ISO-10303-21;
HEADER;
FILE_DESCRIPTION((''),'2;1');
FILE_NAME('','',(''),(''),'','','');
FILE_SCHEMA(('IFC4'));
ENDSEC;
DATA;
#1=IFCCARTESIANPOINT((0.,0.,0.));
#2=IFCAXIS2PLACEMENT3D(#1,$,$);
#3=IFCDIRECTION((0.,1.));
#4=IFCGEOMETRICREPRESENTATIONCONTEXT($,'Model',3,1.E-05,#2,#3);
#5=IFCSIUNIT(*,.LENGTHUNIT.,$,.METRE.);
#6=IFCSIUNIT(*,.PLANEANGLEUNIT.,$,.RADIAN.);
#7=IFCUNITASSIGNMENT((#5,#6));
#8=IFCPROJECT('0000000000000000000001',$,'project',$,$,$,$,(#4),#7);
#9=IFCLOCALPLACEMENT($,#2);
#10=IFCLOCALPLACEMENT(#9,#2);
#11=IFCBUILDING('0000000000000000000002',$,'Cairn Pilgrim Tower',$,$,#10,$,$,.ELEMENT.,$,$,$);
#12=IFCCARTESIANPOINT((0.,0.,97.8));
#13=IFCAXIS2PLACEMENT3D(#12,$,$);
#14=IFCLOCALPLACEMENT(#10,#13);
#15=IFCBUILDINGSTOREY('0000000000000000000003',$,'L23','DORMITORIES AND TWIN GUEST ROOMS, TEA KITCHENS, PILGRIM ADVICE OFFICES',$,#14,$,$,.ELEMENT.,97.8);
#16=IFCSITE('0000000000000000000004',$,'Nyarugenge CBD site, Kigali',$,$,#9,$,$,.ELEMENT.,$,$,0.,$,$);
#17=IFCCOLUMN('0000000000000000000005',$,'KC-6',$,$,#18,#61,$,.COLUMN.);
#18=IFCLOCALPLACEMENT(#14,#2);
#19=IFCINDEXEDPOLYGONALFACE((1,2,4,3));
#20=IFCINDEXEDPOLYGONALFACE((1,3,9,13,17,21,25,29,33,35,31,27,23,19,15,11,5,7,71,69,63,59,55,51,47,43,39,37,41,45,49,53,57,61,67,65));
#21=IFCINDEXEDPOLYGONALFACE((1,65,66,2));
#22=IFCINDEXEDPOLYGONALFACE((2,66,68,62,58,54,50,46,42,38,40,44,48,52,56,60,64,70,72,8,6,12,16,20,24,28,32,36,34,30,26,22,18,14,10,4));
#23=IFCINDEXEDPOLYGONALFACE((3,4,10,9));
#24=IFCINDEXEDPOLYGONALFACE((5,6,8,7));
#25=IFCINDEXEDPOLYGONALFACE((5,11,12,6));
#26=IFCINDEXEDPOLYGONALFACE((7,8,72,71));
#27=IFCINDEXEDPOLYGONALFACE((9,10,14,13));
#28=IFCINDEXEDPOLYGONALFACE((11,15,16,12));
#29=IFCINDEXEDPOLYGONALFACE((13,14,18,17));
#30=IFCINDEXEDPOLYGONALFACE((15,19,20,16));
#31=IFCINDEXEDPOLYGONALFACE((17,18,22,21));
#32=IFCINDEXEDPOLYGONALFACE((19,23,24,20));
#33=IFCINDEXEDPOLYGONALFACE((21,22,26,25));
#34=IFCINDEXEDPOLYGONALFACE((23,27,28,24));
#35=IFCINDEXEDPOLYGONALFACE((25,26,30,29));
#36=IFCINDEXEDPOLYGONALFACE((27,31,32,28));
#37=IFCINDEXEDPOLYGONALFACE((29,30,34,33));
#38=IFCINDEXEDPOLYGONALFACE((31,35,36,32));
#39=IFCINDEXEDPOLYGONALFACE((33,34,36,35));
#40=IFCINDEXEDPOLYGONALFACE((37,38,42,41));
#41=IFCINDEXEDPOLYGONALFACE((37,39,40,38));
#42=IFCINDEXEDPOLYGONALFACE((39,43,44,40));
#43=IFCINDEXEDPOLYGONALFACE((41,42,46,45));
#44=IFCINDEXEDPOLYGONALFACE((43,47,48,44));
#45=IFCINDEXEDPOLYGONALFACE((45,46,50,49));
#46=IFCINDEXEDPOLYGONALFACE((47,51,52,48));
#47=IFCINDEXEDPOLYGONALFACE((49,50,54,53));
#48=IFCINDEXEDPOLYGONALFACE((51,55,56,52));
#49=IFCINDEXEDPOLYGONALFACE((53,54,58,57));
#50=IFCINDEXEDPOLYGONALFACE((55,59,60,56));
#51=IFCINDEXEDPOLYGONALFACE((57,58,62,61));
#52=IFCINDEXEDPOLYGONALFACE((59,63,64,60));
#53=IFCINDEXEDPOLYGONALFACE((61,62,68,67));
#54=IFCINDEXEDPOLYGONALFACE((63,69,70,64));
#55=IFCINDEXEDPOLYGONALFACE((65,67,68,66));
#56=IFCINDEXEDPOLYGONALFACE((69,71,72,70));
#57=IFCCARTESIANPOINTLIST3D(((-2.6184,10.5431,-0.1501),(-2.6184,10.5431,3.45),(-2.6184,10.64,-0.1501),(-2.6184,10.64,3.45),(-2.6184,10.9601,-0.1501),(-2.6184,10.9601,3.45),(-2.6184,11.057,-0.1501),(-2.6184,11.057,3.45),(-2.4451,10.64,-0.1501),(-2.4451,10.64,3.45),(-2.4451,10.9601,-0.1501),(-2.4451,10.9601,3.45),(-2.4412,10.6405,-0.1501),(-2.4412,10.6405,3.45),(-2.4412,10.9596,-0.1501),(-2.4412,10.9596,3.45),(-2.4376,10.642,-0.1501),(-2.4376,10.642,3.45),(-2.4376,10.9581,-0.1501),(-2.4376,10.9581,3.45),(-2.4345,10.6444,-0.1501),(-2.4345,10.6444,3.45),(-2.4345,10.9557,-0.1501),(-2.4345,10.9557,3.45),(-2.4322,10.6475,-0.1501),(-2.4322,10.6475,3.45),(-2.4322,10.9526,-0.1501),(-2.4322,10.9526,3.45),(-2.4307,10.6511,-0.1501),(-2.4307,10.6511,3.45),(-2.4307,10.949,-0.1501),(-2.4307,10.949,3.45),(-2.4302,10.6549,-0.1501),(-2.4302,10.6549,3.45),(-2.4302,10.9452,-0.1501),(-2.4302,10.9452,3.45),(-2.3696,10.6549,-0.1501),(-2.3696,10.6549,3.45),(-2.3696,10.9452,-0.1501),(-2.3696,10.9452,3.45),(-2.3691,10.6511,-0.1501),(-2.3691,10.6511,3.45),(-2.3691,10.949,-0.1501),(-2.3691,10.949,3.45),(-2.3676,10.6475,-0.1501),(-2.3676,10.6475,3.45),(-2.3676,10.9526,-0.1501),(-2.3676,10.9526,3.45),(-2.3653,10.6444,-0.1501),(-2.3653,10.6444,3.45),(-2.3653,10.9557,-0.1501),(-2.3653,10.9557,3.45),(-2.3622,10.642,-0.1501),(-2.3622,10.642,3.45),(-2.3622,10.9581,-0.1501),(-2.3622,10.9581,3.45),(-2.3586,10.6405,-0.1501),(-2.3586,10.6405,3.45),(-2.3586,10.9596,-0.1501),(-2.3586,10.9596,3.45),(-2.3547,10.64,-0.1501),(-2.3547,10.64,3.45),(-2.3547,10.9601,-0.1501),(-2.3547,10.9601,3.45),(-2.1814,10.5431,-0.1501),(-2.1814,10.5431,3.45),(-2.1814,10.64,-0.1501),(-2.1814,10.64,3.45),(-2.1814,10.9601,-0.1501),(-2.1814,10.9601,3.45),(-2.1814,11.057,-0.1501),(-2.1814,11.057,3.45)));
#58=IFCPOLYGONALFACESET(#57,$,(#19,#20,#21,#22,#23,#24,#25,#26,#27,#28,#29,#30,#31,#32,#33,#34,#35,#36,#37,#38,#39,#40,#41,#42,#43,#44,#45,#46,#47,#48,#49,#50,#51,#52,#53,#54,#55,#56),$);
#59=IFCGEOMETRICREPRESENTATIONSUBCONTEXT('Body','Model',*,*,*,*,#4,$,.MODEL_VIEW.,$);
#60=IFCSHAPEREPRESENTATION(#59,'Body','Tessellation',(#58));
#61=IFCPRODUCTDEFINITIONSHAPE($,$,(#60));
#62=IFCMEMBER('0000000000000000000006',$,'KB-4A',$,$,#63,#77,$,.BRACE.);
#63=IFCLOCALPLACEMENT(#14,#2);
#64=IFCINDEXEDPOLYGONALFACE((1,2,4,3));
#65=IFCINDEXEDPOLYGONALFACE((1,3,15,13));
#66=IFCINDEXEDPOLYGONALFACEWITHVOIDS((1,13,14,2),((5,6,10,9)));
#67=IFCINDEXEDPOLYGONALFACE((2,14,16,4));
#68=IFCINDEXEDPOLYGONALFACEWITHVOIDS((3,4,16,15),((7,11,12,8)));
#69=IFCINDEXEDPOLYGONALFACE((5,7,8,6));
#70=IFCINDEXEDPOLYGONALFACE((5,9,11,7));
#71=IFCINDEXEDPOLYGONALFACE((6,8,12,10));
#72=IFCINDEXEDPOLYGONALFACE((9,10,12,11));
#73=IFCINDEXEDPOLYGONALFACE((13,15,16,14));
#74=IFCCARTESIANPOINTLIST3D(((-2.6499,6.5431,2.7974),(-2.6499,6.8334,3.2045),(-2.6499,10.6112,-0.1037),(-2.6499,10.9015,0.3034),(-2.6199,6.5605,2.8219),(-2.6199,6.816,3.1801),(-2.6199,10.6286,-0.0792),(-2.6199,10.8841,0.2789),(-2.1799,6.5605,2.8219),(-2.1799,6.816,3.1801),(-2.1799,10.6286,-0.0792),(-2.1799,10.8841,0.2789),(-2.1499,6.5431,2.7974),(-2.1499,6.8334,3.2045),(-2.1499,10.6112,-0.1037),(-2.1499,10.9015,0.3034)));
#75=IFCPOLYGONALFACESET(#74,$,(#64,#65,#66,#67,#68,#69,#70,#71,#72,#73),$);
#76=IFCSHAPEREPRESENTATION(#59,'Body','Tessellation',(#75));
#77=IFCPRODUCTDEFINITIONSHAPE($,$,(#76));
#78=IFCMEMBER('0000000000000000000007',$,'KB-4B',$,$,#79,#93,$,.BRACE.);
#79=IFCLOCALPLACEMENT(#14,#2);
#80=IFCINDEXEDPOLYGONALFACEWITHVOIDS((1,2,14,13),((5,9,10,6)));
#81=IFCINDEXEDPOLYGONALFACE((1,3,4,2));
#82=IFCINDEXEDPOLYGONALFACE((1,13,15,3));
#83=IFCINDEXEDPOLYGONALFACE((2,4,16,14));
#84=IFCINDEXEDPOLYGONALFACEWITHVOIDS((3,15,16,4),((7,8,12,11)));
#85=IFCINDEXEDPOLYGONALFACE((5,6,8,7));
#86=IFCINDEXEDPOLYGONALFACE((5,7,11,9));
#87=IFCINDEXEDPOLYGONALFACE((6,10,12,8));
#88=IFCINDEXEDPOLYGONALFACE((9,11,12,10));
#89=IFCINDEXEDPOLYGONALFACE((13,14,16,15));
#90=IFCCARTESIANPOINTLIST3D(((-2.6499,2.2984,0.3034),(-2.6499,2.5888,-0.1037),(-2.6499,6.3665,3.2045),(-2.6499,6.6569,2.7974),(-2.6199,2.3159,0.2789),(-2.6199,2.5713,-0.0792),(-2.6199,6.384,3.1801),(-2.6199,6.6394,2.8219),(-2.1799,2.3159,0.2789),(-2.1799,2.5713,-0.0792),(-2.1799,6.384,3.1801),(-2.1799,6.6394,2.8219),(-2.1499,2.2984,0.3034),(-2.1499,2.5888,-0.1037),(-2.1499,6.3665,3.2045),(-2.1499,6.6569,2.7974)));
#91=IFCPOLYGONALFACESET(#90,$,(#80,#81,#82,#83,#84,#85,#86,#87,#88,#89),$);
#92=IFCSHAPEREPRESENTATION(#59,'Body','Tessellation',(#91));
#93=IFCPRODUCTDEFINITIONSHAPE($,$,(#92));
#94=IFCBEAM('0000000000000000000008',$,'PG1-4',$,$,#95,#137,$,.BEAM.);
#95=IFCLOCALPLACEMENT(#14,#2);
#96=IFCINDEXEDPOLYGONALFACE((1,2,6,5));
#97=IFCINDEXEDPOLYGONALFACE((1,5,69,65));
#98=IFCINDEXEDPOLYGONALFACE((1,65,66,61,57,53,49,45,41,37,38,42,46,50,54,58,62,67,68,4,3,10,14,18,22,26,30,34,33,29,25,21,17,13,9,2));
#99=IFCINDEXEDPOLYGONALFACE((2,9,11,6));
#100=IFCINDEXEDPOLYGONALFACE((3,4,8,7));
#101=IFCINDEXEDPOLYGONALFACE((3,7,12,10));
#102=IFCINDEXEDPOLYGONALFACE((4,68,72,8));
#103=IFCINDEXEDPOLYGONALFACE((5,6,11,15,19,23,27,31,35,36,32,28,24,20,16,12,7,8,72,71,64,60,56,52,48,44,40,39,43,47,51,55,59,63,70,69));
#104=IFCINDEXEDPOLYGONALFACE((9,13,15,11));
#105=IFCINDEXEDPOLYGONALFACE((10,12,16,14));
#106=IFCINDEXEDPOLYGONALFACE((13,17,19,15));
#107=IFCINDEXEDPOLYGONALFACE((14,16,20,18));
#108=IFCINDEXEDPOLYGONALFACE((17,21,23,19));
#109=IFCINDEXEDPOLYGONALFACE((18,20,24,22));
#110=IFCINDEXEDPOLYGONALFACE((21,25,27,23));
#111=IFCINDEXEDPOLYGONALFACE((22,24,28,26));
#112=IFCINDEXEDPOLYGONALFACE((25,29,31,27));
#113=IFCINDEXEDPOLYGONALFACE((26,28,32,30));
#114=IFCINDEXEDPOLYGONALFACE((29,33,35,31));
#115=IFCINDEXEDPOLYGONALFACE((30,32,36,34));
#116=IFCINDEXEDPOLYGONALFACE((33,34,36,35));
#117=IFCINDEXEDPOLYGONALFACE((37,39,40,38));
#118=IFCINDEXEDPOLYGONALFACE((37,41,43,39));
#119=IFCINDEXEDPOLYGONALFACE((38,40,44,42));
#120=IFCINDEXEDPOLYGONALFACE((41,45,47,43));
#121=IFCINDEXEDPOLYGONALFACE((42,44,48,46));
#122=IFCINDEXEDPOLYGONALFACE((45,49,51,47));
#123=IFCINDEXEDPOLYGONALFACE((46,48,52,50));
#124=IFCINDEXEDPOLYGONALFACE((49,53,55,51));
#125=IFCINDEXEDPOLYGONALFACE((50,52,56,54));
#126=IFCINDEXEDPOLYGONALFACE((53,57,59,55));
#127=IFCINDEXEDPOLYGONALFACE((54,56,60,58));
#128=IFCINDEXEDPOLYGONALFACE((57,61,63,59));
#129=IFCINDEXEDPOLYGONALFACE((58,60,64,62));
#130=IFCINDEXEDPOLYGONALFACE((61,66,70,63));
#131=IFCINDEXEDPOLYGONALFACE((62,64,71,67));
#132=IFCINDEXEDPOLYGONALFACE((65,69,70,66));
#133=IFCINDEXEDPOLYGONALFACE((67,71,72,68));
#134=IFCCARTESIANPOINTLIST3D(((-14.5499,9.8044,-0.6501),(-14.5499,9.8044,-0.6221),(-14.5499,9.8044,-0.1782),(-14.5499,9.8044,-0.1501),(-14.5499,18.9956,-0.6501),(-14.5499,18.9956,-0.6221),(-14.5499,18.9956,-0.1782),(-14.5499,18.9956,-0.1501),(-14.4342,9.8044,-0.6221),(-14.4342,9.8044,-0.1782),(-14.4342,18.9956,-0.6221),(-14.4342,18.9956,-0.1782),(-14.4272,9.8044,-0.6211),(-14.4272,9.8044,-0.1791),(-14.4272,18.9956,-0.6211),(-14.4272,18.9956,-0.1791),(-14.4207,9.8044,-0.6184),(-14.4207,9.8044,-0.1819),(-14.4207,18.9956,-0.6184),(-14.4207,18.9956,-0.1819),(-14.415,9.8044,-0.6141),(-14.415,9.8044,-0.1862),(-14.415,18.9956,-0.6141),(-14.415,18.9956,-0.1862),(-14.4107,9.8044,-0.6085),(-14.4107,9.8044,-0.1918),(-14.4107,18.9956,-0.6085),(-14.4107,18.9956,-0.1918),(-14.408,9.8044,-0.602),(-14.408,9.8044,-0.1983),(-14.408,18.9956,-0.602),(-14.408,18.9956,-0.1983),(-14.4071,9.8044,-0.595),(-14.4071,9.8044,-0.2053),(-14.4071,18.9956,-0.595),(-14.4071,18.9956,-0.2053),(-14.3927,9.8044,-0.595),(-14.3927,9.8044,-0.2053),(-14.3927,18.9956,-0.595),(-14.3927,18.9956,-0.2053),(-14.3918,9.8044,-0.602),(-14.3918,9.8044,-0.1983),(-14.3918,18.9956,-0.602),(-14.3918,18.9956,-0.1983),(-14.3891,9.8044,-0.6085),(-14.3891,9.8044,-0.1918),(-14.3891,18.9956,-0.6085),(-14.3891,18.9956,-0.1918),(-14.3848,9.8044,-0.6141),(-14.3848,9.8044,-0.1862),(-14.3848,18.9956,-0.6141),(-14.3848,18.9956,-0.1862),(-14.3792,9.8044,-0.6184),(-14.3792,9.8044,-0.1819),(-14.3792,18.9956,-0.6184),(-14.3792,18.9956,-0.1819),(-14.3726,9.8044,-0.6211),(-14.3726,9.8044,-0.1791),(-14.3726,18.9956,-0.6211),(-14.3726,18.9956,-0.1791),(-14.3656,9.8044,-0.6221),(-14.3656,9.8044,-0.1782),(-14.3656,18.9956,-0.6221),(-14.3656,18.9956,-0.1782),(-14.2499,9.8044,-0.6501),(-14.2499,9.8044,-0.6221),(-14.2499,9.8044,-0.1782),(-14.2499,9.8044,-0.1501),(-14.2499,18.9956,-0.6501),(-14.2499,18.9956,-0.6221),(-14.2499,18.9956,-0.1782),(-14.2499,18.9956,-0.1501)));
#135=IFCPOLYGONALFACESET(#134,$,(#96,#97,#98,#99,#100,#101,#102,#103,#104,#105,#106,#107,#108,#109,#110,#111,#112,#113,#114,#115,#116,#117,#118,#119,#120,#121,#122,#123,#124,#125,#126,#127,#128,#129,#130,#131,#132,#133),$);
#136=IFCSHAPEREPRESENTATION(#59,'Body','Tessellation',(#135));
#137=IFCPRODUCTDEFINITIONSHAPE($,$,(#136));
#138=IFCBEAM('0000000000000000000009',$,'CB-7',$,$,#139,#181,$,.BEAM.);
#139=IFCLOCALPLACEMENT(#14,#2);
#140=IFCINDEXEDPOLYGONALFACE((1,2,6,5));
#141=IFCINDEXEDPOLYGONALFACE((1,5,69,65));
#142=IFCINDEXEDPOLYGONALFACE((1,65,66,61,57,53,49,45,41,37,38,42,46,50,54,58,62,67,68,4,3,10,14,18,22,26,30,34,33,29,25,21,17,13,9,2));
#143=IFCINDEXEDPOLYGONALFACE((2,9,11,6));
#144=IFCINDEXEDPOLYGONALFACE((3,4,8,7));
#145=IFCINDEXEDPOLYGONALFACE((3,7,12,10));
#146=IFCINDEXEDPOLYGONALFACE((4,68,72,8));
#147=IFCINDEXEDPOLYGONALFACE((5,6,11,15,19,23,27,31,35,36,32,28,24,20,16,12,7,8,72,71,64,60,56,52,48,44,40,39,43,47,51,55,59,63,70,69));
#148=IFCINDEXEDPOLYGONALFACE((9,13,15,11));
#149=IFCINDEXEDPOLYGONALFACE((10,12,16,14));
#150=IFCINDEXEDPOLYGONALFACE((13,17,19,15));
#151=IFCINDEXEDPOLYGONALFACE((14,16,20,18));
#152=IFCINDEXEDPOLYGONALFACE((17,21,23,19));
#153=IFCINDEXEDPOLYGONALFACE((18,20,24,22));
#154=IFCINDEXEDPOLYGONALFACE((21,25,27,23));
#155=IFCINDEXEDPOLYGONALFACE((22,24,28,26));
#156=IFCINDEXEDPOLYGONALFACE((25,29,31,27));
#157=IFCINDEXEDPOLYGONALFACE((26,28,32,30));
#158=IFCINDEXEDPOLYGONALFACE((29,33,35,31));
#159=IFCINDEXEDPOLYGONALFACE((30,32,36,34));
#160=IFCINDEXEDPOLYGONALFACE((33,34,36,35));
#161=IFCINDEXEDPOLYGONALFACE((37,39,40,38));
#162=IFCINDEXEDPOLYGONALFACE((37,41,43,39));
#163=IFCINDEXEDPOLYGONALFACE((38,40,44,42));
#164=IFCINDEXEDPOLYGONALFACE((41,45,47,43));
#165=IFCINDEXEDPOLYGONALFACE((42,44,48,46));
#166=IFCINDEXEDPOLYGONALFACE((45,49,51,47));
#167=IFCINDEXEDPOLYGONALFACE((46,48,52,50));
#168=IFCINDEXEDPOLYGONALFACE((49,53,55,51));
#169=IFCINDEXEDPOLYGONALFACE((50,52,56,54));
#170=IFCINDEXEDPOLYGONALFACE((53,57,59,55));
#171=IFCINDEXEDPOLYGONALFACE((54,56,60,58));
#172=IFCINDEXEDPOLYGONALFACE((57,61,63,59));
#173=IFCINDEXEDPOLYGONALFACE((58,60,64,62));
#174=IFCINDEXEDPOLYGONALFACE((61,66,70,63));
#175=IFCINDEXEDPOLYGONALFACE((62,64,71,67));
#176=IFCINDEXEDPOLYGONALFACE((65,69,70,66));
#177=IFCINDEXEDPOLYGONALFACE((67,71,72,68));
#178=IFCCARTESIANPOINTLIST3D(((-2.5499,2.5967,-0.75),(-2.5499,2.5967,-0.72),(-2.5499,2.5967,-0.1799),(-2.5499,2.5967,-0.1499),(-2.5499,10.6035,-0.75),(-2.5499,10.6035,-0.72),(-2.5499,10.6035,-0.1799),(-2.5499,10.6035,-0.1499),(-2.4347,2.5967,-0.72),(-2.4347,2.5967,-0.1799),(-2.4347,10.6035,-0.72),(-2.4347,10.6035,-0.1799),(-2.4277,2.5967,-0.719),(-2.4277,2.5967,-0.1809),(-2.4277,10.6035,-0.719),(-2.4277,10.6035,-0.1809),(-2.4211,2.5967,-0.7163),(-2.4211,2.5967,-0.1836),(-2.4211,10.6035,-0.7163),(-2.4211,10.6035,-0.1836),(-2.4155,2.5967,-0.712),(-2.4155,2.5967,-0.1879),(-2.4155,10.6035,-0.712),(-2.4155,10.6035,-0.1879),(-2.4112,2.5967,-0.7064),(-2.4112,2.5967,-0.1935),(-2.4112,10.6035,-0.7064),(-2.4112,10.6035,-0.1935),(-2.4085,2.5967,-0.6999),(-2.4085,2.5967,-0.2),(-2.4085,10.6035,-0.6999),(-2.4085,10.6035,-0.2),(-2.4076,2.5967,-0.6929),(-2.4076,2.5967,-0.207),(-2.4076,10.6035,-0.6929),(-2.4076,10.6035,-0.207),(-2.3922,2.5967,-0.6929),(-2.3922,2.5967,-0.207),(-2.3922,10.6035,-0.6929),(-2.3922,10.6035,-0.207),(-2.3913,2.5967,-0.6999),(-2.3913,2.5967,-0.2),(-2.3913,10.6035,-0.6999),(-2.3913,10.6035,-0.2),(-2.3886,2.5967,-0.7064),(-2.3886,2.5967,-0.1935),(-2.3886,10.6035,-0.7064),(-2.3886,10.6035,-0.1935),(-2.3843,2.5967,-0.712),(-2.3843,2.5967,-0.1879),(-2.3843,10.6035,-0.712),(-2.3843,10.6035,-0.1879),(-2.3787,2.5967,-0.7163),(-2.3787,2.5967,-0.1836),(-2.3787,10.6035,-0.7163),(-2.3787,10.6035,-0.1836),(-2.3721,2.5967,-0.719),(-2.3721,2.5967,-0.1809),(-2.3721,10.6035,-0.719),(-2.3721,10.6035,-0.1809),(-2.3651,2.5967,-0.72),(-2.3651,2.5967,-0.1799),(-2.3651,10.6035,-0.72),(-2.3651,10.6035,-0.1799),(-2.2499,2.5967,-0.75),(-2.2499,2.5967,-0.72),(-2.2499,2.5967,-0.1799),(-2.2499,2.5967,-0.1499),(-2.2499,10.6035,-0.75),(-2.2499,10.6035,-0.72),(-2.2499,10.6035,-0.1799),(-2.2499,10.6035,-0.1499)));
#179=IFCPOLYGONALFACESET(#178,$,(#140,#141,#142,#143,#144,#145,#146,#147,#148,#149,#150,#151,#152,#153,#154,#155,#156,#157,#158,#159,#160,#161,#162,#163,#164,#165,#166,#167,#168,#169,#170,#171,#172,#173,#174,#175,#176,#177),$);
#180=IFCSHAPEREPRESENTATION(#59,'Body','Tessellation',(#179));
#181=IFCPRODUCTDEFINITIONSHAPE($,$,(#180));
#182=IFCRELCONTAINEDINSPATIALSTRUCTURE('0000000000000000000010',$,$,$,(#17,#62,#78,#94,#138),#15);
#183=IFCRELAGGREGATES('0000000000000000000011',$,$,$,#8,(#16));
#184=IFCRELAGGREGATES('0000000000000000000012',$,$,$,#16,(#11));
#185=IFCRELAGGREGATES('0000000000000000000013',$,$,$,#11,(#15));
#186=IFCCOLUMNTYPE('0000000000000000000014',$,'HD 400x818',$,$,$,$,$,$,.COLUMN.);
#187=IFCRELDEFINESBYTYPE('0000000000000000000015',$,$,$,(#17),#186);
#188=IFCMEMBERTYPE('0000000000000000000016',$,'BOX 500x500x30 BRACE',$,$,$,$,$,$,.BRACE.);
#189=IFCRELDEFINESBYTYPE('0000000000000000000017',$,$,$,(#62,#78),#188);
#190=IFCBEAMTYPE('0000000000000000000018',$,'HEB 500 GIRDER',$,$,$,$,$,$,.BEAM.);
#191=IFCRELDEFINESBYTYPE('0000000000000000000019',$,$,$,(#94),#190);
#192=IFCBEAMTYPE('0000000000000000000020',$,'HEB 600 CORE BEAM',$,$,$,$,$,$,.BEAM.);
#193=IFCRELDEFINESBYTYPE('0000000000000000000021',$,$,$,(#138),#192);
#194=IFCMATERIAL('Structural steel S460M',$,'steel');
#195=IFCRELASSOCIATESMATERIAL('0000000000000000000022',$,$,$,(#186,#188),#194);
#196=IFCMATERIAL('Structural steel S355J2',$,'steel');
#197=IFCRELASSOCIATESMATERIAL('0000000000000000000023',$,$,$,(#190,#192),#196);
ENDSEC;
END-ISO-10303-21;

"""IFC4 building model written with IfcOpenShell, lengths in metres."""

from ifc_helpers import new_model, si_unit, direction, frame, origin, origin_2d, place, context, subcontext, project, spatial, hollow_rectangle, i_section, extrude, material, material_profile, profile_set, type_object, element, save


model = new_model("IFC4")

# Units and contexts
model_context = context("Model", 3, precision=1e-05, world=origin(), true_north=direction((0.0, 1.0)))
body_context = subcontext(model_context, "Body", "Model", "MODEL_VIEW")
ifc_project = project(units=[si_unit("LENGTHUNIT", "METRE"), si_unit("PLANEANGLEUNIT", "RADIAN")], contexts=[model_context])

# Site, building, storey
site_placement = place(None, origin())
site = spatial("IfcSite", under=ifc_project, at=site_placement, Name="Nyarugenge CBD site, Kigali", CompositionType="ELEMENT", RefElevation=0.0)
building_placement = place(site_placement, origin())
building = spatial("IfcBuilding", under=site, at=building_placement, Name="Cairn Pilgrim Tower", CompositionType="ELEMENT")
storey_placement = place(building_placement, frame((0.0, 0.0, 97.8)))
storey = spatial("IfcBuildingStorey", under=building, at=storey_placement, Name="L23", Description="DORMITORIES AND TWIN GUEST ROOMS, TEA KITCHENS, PILGRIM ADVICE OFFICES", CompositionType="ELEMENT", Elevation=97.8)

# Column
ifc_material_1 = material(Name="Structural steel S460M", Category="steel")
ifc_material_profile_1 = material_profile(ifc_material_1, i_section(OverallWidth=0.437, OverallDepth=0.5139, WebThickness=0.0605, FlangeThickness=0.0969, FilletRadius=0.0149, at=origin_2d()), Name="HD 400x818")
ifc_profile_set_1 = profile_set([ifc_material_profile_1], Name="Structural steel S460M")
column_type_1 = type_object("IfcColumnType", Name="HD 400x818", PredefinedType="COLUMN", material=ifc_profile_set_1)
for number, where, z_axis, x_axis, name in (
    (1, (-2.3999, 10.8, -0.1501), (0.0, 0.0, 1.0), (1.0, 0.0, 0.0), "KC-6"),
):
    element("IfcColumn", number, at=place(storey_placement, frame(where, z_axis=z_axis, x_axis=x_axis)), inside=storey, type_object=column_type_1, Name=name, PredefinedType="COLUMN", context=body_context, shape_type="SweptSolid", body=[
        extrude(i_section(OverallWidth=0.437, OverallDepth=0.5139, WebThickness=0.0605, FlangeThickness=0.0969, FilletRadius=0.0149, at=origin_2d()), origin(), (0.0, 0.0, 1.0), 3.6001),
    ])

# Members
ifc_material_profile_2 = material_profile(ifc_material_1, hollow_rectangle(XDim=0.5, YDim=0.5, WallThickness=0.03, at=origin_2d()), Name="BOX 500x500x30")
ifc_profile_set_2 = profile_set([ifc_material_profile_2], Name="Structural steel S460M")
member_type = type_object("IfcMemberType", Name="BOX 500x500x30 BRACE", PredefinedType="BRACE", material=ifc_profile_set_2)
for number, where, z_axis, x_axis, name in (
    (2, (-2.3999, 10.7563, 0.0999), (0.0, -0.814176, 0.580619), (1.0, 0.0, 0.0), "KB-4A"),
    (3, (-2.3999, 2.4436, 0.0999), (0.0, 0.814176, 0.580619), (-1.0, 0.0, 0.0), "KB-4B"),
):
    element("IfcMember", number, at=place(storey_placement, frame(where, z_axis=z_axis, x_axis=x_axis)), inside=storey, type_object=member_type, Name=name, PredefinedType="BRACE", context=body_context, shape_type="SweptSolid", body=[
        extrude(hollow_rectangle(XDim=0.5, YDim=0.5, WallThickness=0.03, at=origin_2d()), origin(), (0.0, 0.0, 1.0), 4.9966),
    ])

# Beams
ifc_material_2 = material(Name="Structural steel S355J2", Category="steel")
ifc_material_profile_3 = material_profile(ifc_material_2, i_section(OverallWidth=0.3, OverallDepth=0.5, WebThickness=0.0144, FlangeThickness=0.0281, FilletRadius=0.0271, at=origin_2d()), Name="HEB 500")
ifc_profile_set_3 = profile_set([ifc_material_profile_3], Name="Structural steel S355J2")
beam_type_1 = type_object("IfcBeamType", Name="HEB 500 GIRDER", PredefinedType="BEAM", material=ifc_profile_set_3)
beam_1_placement = place(storey_placement, frame((-14.3999, 9.8044, -0.4001), z_axis=(0.0, 1.0, 0.0), x_axis=(-1.0, 0.0, 0.0)))
element("IfcBeam", 4, at=beam_1_placement, inside=storey, type_object=beam_type_1, Name="PG1-4", PredefinedType="BEAM", context=body_context, shape_type="SweptSolid", body=[
    extrude(i_section(OverallWidth=0.3, OverallDepth=0.5, WebThickness=0.0144, FlangeThickness=0.0281, FilletRadius=0.0271, at=origin_2d()), origin(), (0.0, 0.0, 1.0), 9.1912),
])
ifc_material_profile_4 = material_profile(ifc_material_2, i_section(OverallWidth=0.3, OverallDepth=0.6001, WebThickness=0.0154, FlangeThickness=0.03, FilletRadius=0.0271, at=origin_2d()), Name="HEB 600")
ifc_profile_set_4 = profile_set([ifc_material_profile_4], Name="Structural steel S355J2")
beam_type_2 = type_object("IfcBeamType", Name="HEB 600 CORE BEAM", PredefinedType="BEAM", material=ifc_profile_set_4)
for number, where, z_axis, x_axis, name in (
    (5, (-2.3999, 10.6035, -0.45), (0.0, -1.0, 0.0), (1.0, 0.0, 0.0), "CB-7"),
):
    element("IfcBeam", number, at=place(storey_placement, frame(where, z_axis=z_axis, x_axis=x_axis)), inside=storey, type_object=beam_type_2, Name=name, PredefinedType="BEAM", context=body_context, shape_type="SweptSolid", body=[
        extrude(i_section(OverallWidth=0.3, OverallDepth=0.6001, WebThickness=0.0154, FlangeThickness=0.03, FilletRadius=0.0271, at=origin_2d()), origin(), (0.0, 0.0, 1.0), 8.0068),
    ])

save(model, "model.ifc")
